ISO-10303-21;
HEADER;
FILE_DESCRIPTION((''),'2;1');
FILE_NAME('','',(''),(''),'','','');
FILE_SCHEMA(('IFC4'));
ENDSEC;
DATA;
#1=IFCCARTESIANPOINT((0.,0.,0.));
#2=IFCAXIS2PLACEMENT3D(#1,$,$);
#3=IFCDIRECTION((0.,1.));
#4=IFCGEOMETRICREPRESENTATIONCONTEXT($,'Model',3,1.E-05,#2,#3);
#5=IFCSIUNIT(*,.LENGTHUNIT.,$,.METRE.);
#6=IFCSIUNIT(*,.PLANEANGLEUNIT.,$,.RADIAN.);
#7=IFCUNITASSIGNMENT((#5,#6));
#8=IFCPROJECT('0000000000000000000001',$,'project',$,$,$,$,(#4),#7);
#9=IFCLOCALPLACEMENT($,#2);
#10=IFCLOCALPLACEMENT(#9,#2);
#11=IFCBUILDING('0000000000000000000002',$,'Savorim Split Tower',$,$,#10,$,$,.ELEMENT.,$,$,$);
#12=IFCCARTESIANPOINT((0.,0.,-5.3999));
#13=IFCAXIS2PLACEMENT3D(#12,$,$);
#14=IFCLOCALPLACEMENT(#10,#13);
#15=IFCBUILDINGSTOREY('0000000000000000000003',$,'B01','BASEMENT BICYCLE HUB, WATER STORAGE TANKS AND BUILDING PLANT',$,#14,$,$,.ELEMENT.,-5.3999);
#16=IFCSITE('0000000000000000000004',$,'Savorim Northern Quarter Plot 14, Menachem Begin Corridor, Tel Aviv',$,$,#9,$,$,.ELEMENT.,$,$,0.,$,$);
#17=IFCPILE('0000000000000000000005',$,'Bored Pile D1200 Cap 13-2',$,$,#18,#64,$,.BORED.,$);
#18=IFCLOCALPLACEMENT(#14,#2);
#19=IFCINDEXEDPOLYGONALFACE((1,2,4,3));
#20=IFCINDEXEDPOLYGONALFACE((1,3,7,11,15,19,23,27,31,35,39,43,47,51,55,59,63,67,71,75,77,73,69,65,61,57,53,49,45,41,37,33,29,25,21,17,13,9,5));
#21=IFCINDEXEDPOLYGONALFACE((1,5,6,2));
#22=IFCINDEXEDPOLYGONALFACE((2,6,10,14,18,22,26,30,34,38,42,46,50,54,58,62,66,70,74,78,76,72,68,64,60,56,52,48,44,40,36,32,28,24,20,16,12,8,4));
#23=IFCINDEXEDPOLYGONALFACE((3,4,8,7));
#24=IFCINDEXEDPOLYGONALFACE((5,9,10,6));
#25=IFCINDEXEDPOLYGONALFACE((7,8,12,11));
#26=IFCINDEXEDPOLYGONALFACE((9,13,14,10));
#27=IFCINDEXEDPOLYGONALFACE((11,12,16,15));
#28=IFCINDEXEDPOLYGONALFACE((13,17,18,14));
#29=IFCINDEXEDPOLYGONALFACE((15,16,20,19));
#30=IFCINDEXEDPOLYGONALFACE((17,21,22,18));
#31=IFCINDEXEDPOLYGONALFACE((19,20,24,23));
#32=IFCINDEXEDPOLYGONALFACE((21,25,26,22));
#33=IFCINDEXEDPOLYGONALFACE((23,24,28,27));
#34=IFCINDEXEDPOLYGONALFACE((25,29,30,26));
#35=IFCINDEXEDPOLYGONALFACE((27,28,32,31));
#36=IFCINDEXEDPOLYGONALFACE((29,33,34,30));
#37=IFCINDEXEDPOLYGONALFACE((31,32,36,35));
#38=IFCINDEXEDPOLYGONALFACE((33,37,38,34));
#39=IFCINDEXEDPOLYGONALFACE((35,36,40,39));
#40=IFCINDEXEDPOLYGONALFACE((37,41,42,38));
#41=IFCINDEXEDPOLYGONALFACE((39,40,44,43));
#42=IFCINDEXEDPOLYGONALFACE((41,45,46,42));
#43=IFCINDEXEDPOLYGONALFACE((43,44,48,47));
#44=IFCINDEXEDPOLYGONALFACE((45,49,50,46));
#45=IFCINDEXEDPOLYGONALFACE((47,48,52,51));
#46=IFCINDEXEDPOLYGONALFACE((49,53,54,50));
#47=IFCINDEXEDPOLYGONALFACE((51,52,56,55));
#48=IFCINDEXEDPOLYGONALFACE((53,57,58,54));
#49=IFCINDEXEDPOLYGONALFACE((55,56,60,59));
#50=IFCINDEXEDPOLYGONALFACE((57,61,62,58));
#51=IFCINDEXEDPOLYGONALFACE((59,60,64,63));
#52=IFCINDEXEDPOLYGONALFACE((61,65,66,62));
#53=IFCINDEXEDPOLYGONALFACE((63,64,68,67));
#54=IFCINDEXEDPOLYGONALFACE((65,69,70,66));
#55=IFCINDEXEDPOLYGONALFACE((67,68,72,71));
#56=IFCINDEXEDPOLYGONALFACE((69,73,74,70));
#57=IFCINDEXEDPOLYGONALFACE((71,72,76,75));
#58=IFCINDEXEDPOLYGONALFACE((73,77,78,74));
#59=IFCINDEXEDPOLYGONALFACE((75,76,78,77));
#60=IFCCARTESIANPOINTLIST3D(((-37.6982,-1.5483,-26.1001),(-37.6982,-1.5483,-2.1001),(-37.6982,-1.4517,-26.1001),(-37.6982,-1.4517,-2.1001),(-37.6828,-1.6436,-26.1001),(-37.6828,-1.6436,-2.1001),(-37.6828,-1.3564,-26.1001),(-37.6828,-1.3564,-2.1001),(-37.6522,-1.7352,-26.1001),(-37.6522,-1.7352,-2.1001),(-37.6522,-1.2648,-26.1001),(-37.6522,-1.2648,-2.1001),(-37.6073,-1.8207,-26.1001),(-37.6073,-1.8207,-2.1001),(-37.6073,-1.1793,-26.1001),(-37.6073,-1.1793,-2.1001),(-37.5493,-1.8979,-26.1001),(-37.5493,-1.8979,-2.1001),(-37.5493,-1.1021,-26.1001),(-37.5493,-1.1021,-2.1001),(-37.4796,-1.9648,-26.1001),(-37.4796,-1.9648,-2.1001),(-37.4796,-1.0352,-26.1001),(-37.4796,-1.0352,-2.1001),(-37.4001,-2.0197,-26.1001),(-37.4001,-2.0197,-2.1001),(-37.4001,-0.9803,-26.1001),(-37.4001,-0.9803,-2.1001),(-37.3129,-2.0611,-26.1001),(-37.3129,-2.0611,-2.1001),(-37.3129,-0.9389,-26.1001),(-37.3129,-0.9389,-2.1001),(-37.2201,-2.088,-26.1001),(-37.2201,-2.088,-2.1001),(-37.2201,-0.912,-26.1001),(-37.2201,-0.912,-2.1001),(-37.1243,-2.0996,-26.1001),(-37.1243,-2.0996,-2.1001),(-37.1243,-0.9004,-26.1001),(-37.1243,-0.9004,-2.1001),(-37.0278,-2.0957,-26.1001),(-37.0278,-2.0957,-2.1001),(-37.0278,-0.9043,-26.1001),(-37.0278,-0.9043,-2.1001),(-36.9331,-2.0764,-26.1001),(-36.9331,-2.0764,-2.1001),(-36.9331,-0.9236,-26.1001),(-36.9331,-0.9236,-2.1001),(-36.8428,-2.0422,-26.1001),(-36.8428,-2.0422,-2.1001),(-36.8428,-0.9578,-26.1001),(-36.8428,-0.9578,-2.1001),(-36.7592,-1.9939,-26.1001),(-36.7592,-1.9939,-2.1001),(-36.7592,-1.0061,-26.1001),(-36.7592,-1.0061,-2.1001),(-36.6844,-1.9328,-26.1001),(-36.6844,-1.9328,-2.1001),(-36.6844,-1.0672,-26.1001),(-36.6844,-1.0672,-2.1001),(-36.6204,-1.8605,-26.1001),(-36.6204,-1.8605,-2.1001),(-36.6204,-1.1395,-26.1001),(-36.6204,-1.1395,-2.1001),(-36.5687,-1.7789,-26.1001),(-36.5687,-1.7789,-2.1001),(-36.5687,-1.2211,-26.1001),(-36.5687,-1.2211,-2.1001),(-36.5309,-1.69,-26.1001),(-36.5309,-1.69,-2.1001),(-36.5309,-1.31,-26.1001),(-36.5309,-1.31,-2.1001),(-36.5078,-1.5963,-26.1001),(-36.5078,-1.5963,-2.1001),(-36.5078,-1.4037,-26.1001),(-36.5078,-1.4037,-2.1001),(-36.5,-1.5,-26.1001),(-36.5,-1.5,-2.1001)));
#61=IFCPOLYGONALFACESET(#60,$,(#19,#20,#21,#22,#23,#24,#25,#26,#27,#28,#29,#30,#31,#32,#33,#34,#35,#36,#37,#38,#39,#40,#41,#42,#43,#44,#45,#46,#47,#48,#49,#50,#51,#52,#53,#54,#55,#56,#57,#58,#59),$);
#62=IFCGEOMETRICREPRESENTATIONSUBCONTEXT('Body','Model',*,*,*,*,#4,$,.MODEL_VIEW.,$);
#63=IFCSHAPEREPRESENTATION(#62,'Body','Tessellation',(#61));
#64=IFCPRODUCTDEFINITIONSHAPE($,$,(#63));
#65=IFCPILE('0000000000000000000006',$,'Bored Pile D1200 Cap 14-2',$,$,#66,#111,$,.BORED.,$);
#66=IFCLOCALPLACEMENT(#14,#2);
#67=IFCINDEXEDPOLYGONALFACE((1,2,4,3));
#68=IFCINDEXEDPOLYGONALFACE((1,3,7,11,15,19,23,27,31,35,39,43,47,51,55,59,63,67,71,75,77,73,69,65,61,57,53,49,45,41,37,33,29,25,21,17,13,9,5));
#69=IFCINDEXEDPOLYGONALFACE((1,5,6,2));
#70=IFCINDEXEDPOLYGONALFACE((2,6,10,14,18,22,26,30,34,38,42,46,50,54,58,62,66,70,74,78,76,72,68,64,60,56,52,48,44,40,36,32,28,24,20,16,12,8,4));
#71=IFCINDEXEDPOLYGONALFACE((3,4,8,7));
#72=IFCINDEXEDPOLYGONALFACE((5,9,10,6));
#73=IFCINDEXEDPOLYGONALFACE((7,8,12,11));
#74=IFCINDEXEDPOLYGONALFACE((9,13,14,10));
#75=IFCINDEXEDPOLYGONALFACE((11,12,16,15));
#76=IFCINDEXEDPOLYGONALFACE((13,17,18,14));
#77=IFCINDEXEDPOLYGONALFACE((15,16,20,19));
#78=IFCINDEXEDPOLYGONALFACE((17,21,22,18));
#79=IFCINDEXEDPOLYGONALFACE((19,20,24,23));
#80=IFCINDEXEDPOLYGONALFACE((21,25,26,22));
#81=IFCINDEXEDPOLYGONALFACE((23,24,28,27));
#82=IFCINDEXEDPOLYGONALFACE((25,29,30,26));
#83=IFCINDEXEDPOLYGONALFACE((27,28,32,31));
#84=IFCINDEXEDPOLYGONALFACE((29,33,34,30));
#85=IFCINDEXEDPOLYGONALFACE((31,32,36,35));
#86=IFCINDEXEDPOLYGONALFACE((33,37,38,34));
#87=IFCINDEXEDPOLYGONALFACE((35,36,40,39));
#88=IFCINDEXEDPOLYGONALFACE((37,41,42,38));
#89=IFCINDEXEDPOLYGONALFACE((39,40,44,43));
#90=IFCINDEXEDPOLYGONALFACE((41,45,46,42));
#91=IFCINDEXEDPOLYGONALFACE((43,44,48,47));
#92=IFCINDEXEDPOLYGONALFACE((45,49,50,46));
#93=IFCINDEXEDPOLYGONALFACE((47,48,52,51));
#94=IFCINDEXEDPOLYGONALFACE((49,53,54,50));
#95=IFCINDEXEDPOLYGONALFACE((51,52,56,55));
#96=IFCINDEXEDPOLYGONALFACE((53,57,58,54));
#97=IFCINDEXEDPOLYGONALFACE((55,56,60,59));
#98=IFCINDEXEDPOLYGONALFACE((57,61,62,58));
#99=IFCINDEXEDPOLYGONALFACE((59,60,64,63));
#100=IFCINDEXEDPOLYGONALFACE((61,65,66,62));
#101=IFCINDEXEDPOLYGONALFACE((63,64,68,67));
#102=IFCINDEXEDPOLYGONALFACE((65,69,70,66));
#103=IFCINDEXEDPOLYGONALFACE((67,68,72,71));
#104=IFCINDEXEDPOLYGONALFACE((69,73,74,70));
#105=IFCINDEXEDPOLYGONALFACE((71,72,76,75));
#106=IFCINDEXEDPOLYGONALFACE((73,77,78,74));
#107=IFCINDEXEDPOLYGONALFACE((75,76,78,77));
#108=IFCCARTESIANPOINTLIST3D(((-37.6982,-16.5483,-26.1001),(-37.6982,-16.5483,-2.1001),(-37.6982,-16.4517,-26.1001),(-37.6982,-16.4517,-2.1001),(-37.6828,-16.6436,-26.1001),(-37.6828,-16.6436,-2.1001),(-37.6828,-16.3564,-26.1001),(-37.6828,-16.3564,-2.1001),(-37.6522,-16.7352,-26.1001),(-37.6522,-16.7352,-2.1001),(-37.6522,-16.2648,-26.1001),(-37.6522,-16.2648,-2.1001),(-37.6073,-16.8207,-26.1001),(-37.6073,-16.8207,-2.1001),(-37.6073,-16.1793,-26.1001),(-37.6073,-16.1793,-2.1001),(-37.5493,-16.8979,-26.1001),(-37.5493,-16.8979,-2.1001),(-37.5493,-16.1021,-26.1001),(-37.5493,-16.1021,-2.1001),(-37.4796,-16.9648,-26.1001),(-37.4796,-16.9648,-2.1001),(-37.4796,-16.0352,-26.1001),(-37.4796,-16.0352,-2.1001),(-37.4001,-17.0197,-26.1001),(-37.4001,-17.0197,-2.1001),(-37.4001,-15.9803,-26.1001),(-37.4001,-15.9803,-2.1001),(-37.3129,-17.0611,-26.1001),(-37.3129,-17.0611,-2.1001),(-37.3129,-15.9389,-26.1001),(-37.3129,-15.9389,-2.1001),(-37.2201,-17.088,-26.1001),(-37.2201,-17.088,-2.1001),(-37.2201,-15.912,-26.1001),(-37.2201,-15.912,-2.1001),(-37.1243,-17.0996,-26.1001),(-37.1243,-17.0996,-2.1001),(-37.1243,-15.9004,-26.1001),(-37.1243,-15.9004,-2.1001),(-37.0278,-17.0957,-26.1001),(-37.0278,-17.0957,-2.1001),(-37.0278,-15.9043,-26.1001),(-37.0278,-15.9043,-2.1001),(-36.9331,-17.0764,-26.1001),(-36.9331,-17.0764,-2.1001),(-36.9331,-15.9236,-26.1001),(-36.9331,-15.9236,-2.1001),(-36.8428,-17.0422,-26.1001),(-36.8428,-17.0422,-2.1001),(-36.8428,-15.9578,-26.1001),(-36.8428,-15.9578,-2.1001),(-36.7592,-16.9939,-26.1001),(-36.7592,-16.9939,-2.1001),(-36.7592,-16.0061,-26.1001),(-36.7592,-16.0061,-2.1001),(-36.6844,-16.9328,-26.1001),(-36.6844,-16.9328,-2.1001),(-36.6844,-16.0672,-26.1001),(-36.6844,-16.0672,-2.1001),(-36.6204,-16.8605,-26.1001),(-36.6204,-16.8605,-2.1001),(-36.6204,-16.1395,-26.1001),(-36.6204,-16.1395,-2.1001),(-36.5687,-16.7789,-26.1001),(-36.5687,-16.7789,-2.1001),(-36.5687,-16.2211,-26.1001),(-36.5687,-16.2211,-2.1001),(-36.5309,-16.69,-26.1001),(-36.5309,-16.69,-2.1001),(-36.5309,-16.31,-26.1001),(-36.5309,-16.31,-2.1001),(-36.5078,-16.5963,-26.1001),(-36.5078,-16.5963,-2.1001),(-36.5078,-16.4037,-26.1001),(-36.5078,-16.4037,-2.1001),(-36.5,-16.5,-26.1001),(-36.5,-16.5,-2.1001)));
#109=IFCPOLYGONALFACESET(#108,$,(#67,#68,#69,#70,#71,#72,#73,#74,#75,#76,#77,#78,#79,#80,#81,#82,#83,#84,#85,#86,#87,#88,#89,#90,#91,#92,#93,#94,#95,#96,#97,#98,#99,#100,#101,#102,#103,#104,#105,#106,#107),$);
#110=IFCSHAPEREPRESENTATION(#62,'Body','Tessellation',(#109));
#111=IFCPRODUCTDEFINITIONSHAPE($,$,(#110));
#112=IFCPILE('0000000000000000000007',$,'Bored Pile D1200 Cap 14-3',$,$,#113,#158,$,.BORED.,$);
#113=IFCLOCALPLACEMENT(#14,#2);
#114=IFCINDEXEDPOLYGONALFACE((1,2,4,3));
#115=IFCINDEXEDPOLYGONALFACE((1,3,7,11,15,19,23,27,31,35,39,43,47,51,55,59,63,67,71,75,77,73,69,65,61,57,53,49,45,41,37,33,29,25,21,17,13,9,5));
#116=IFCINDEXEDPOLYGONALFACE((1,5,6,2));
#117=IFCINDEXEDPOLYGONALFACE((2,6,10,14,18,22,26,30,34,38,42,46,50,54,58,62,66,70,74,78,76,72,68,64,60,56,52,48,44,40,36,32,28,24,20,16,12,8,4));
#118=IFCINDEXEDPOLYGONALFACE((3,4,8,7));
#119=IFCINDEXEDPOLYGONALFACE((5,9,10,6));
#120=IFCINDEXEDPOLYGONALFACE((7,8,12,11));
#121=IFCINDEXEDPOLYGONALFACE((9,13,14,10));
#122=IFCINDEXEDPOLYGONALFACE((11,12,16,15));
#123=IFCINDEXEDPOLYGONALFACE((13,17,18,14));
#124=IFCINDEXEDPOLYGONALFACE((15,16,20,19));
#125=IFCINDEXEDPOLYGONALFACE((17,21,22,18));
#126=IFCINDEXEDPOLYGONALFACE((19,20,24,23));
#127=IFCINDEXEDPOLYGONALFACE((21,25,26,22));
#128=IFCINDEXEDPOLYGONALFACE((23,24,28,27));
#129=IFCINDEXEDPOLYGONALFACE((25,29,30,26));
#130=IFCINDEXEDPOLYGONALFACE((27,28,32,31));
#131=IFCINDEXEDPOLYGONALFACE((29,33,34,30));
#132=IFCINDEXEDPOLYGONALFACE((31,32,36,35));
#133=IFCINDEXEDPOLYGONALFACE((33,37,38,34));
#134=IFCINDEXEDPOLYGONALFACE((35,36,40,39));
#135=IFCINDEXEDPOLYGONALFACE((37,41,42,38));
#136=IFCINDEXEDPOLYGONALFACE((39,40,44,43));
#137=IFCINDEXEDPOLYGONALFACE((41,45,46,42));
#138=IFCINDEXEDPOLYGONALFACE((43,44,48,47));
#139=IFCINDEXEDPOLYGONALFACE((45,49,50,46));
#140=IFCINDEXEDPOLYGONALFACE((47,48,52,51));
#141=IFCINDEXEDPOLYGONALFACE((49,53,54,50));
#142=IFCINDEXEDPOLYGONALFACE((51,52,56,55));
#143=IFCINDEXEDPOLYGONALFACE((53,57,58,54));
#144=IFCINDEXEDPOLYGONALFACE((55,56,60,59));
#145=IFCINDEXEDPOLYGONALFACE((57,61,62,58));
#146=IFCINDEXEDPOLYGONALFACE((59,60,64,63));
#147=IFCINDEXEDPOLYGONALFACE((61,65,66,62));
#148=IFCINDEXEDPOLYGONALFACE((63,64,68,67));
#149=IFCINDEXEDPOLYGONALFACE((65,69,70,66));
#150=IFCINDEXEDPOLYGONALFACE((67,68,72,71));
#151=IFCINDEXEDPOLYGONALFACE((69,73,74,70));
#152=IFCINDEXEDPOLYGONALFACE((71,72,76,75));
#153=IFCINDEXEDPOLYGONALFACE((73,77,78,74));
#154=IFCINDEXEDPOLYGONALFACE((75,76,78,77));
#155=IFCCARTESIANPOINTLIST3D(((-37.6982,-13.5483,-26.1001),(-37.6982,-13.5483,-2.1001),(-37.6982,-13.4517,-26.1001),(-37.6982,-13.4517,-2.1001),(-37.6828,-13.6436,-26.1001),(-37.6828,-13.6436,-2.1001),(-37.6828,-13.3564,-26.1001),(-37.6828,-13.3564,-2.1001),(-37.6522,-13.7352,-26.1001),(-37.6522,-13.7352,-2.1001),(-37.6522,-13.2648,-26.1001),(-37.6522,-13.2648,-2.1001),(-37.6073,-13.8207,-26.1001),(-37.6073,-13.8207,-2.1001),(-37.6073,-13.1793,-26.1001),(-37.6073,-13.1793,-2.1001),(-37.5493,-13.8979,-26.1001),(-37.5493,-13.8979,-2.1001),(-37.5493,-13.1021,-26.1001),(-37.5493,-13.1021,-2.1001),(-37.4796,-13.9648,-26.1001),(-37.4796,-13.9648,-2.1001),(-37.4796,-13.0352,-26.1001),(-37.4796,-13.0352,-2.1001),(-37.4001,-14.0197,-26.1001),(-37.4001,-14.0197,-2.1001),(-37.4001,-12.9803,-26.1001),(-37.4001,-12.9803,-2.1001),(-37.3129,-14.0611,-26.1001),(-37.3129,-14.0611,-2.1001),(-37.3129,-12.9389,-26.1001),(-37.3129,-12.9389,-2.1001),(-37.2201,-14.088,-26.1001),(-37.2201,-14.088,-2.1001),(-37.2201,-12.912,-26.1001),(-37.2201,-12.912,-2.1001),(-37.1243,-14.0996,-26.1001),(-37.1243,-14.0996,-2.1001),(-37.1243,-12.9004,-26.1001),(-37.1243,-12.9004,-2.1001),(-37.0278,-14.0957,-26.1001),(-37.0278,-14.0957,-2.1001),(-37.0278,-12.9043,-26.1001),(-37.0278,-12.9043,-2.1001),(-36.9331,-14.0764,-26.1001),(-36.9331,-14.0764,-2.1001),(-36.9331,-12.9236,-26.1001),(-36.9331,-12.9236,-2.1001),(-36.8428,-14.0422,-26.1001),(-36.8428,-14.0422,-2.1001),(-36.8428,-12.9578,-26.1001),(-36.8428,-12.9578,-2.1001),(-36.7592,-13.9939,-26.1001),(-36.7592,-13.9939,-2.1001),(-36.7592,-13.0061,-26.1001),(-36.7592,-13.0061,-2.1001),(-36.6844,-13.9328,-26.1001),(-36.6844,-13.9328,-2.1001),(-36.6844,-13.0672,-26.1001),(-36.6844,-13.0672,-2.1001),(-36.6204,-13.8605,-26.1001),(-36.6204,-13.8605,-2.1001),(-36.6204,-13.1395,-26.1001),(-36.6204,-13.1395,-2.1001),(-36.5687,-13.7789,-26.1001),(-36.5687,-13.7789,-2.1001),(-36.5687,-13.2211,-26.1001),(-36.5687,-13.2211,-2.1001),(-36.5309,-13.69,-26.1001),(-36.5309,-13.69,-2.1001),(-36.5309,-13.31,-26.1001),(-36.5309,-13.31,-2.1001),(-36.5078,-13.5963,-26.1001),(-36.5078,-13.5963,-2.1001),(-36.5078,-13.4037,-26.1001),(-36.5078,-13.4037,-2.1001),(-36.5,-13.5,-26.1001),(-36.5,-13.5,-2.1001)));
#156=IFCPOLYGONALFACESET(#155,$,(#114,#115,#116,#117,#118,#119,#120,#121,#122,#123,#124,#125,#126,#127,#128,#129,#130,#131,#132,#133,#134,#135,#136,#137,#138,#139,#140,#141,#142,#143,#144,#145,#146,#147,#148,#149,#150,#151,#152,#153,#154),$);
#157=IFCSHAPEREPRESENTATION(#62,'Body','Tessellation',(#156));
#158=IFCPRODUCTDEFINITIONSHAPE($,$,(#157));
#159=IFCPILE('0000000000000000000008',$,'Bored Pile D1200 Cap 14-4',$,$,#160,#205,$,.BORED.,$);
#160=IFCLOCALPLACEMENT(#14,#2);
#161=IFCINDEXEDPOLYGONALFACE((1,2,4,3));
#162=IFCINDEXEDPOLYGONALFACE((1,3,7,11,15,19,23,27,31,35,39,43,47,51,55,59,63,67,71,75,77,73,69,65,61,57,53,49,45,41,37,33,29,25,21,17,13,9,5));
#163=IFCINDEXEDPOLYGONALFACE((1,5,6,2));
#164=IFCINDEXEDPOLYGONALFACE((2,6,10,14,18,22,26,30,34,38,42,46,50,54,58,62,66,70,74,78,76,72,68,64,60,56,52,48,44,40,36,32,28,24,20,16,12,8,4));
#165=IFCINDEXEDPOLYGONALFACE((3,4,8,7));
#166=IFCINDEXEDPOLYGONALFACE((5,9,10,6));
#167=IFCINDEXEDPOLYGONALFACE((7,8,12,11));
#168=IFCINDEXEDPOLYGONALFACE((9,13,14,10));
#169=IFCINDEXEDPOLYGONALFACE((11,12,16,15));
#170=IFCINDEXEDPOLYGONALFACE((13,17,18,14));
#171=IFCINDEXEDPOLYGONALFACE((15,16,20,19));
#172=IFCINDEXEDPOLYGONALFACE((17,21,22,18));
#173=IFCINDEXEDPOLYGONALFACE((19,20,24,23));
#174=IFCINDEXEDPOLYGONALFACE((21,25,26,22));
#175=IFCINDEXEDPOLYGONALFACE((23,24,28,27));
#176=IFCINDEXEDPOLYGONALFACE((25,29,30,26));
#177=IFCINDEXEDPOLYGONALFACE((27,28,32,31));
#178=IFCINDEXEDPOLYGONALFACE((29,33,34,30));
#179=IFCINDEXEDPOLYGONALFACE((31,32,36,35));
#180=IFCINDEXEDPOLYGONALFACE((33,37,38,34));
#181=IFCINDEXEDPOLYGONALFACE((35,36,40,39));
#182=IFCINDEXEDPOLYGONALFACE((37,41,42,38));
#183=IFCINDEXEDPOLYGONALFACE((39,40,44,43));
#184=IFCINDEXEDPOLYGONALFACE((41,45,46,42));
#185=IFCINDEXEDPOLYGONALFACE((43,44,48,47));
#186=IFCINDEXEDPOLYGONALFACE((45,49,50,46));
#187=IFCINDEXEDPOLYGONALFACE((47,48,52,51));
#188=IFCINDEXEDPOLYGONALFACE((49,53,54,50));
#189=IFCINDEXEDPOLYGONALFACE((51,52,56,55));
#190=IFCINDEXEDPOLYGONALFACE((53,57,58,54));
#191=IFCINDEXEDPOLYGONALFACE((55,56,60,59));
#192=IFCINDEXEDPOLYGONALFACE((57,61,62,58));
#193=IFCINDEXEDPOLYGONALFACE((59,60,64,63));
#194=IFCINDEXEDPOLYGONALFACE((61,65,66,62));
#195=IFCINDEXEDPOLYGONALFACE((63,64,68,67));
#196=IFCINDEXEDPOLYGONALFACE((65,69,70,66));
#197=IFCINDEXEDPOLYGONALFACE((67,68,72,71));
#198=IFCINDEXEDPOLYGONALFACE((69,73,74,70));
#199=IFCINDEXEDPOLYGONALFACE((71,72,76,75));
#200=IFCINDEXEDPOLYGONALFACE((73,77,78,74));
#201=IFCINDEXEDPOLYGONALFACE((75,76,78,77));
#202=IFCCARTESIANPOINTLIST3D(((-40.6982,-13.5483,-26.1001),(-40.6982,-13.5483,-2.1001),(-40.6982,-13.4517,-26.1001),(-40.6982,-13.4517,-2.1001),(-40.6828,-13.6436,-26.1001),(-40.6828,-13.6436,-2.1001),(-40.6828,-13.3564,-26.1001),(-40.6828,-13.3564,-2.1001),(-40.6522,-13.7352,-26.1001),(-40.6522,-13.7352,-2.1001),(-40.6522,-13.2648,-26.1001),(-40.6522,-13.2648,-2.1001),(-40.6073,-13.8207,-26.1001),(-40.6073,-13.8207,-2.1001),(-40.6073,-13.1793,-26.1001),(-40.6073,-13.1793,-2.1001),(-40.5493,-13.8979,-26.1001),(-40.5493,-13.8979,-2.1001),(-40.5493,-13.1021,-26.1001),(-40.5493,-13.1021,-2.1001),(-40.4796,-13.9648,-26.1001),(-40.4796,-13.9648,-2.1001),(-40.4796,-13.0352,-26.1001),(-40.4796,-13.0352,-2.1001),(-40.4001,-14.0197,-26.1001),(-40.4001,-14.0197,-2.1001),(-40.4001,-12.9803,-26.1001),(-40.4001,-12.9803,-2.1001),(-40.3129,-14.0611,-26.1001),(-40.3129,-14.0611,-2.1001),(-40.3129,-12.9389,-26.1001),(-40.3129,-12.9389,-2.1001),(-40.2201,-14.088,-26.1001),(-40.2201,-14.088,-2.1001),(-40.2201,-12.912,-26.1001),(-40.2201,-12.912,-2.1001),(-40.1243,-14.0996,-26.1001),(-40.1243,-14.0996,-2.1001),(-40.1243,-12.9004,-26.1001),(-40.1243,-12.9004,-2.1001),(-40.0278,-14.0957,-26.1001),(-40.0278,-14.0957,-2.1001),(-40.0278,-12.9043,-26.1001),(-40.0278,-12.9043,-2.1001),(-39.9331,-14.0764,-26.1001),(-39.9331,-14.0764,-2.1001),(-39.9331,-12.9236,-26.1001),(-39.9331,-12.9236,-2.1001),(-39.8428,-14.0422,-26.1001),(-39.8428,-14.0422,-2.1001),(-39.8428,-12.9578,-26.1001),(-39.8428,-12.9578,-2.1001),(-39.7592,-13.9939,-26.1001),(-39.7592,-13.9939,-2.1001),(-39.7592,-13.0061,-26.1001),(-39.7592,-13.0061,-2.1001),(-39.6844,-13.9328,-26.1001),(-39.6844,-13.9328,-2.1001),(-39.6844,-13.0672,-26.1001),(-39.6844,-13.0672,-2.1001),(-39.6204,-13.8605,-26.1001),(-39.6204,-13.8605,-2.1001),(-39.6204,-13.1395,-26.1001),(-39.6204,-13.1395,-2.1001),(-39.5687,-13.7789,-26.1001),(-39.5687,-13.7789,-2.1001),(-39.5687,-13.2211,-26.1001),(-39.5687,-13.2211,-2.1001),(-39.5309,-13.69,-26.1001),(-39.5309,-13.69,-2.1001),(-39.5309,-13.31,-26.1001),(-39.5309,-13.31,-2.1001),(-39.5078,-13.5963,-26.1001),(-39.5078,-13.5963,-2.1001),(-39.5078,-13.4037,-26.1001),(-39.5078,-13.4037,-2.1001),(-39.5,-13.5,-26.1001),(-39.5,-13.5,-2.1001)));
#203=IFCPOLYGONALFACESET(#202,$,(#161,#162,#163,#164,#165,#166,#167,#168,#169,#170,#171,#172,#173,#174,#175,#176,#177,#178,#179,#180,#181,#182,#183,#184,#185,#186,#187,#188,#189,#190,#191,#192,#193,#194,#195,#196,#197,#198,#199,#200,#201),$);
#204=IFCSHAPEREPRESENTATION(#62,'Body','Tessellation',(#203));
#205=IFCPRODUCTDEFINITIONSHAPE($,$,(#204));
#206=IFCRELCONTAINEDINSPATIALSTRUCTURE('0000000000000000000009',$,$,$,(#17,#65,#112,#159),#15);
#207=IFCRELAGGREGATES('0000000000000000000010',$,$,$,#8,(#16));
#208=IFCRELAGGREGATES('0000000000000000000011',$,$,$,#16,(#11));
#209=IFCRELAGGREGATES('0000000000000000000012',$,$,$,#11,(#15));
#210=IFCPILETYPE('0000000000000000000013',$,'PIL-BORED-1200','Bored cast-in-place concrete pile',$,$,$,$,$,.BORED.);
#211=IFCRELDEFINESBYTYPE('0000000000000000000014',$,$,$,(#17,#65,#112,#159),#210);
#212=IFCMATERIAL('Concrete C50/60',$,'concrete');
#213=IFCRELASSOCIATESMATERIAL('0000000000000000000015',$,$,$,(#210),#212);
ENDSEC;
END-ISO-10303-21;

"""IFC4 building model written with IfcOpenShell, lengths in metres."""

from ifc_helpers import new_model, si_unit, direction, frame, origin, origin_2d, place, context, subcontext, project, spatial, circle, extrude, material, material_profile, profile_set, type_object, element, save


model = new_model("IFC4")

# Units and contexts
model_context = context("Model", 3, precision=1e-05, world=origin(), true_north=direction((0.0, 1.0)))
body_context = subcontext(model_context, "Body", "Model", "MODEL_VIEW")
ifc_project = project(units=[si_unit("LENGTHUNIT", "METRE"), si_unit("PLANEANGLEUNIT", "RADIAN")], contexts=[model_context])

# Site, building, storey
site_placement = place(None, origin())
site = spatial("IfcSite", under=ifc_project, at=site_placement, Name="Savorim Northern Quarter Plot 14, Menachem Begin Corridor, Tel Aviv", CompositionType="ELEMENT", RefElevation=0.0)
building_placement = place(site_placement, origin())
building = spatial("IfcBuilding", under=site, at=building_placement, Name="Savorim Split Tower", CompositionType="ELEMENT")
storey_placement = place(building_placement, frame((0.0, 0.0, -5.3999)))
storey = spatial("IfcBuildingStorey", under=building, at=storey_placement, Name="B01", Description="BASEMENT BICYCLE HUB, WATER STORAGE TANKS AND BUILDING PLANT", CompositionType="ELEMENT", Elevation=-5.3999)

# Shared definitions
ifc_material_1 = material(Name="Concrete C50/60", Category="concrete")

# Piles
ifc_material_profile_1 = material_profile(ifc_material_1, circle(Radius=0.6001, at=origin_2d()), Name="PILE D1200")
ifc_profile_set_1 = profile_set([ifc_material_profile_1], Name="Concrete C50/60")
pile_type = type_object("IfcPileType", Name="PIL-BORED-1200", Description="Bored cast-in-place concrete pile", PredefinedType="BORED", material=ifc_profile_set_1)
for number, where, z_axis, x_axis, name in (
    (1, (-37.1001, -1.5, -2.1001), (0.0, 0.0, -1.0), (1.0, 0.0, 0.0), "Bored Pile D1200 Cap 13-2"),
    (2, (-37.1001, -16.5, -2.1001), (0.0, 0.0, -1.0), (1.0, 0.0, 0.0), "Bored Pile D1200 Cap 14-2"),
    (3, (-37.1001, -13.5, -2.1001), (0.0, 0.0, -1.0), (1.0, 0.0, 0.0), "Bored Pile D1200 Cap 14-3"),
    (4, (-40.1001, -13.5, -2.1001), (0.0, 0.0, -1.0), (1.0, 0.0, 0.0), "Bored Pile D1200 Cap 14-4"),
):
    element("IfcPile", number, at=place(storey_placement, frame(where, z_axis=z_axis, x_axis=x_axis)), inside=storey, type_object=pile_type, Name=name, PredefinedType="BORED", context=body_context, shape_type="SweptSolid", body=[
        extrude(circle(Radius=0.6001, at=origin_2d()), origin(), (0.0, 0.0, 1.0), 24.0),
    ])

save(model, "model.ifc")
